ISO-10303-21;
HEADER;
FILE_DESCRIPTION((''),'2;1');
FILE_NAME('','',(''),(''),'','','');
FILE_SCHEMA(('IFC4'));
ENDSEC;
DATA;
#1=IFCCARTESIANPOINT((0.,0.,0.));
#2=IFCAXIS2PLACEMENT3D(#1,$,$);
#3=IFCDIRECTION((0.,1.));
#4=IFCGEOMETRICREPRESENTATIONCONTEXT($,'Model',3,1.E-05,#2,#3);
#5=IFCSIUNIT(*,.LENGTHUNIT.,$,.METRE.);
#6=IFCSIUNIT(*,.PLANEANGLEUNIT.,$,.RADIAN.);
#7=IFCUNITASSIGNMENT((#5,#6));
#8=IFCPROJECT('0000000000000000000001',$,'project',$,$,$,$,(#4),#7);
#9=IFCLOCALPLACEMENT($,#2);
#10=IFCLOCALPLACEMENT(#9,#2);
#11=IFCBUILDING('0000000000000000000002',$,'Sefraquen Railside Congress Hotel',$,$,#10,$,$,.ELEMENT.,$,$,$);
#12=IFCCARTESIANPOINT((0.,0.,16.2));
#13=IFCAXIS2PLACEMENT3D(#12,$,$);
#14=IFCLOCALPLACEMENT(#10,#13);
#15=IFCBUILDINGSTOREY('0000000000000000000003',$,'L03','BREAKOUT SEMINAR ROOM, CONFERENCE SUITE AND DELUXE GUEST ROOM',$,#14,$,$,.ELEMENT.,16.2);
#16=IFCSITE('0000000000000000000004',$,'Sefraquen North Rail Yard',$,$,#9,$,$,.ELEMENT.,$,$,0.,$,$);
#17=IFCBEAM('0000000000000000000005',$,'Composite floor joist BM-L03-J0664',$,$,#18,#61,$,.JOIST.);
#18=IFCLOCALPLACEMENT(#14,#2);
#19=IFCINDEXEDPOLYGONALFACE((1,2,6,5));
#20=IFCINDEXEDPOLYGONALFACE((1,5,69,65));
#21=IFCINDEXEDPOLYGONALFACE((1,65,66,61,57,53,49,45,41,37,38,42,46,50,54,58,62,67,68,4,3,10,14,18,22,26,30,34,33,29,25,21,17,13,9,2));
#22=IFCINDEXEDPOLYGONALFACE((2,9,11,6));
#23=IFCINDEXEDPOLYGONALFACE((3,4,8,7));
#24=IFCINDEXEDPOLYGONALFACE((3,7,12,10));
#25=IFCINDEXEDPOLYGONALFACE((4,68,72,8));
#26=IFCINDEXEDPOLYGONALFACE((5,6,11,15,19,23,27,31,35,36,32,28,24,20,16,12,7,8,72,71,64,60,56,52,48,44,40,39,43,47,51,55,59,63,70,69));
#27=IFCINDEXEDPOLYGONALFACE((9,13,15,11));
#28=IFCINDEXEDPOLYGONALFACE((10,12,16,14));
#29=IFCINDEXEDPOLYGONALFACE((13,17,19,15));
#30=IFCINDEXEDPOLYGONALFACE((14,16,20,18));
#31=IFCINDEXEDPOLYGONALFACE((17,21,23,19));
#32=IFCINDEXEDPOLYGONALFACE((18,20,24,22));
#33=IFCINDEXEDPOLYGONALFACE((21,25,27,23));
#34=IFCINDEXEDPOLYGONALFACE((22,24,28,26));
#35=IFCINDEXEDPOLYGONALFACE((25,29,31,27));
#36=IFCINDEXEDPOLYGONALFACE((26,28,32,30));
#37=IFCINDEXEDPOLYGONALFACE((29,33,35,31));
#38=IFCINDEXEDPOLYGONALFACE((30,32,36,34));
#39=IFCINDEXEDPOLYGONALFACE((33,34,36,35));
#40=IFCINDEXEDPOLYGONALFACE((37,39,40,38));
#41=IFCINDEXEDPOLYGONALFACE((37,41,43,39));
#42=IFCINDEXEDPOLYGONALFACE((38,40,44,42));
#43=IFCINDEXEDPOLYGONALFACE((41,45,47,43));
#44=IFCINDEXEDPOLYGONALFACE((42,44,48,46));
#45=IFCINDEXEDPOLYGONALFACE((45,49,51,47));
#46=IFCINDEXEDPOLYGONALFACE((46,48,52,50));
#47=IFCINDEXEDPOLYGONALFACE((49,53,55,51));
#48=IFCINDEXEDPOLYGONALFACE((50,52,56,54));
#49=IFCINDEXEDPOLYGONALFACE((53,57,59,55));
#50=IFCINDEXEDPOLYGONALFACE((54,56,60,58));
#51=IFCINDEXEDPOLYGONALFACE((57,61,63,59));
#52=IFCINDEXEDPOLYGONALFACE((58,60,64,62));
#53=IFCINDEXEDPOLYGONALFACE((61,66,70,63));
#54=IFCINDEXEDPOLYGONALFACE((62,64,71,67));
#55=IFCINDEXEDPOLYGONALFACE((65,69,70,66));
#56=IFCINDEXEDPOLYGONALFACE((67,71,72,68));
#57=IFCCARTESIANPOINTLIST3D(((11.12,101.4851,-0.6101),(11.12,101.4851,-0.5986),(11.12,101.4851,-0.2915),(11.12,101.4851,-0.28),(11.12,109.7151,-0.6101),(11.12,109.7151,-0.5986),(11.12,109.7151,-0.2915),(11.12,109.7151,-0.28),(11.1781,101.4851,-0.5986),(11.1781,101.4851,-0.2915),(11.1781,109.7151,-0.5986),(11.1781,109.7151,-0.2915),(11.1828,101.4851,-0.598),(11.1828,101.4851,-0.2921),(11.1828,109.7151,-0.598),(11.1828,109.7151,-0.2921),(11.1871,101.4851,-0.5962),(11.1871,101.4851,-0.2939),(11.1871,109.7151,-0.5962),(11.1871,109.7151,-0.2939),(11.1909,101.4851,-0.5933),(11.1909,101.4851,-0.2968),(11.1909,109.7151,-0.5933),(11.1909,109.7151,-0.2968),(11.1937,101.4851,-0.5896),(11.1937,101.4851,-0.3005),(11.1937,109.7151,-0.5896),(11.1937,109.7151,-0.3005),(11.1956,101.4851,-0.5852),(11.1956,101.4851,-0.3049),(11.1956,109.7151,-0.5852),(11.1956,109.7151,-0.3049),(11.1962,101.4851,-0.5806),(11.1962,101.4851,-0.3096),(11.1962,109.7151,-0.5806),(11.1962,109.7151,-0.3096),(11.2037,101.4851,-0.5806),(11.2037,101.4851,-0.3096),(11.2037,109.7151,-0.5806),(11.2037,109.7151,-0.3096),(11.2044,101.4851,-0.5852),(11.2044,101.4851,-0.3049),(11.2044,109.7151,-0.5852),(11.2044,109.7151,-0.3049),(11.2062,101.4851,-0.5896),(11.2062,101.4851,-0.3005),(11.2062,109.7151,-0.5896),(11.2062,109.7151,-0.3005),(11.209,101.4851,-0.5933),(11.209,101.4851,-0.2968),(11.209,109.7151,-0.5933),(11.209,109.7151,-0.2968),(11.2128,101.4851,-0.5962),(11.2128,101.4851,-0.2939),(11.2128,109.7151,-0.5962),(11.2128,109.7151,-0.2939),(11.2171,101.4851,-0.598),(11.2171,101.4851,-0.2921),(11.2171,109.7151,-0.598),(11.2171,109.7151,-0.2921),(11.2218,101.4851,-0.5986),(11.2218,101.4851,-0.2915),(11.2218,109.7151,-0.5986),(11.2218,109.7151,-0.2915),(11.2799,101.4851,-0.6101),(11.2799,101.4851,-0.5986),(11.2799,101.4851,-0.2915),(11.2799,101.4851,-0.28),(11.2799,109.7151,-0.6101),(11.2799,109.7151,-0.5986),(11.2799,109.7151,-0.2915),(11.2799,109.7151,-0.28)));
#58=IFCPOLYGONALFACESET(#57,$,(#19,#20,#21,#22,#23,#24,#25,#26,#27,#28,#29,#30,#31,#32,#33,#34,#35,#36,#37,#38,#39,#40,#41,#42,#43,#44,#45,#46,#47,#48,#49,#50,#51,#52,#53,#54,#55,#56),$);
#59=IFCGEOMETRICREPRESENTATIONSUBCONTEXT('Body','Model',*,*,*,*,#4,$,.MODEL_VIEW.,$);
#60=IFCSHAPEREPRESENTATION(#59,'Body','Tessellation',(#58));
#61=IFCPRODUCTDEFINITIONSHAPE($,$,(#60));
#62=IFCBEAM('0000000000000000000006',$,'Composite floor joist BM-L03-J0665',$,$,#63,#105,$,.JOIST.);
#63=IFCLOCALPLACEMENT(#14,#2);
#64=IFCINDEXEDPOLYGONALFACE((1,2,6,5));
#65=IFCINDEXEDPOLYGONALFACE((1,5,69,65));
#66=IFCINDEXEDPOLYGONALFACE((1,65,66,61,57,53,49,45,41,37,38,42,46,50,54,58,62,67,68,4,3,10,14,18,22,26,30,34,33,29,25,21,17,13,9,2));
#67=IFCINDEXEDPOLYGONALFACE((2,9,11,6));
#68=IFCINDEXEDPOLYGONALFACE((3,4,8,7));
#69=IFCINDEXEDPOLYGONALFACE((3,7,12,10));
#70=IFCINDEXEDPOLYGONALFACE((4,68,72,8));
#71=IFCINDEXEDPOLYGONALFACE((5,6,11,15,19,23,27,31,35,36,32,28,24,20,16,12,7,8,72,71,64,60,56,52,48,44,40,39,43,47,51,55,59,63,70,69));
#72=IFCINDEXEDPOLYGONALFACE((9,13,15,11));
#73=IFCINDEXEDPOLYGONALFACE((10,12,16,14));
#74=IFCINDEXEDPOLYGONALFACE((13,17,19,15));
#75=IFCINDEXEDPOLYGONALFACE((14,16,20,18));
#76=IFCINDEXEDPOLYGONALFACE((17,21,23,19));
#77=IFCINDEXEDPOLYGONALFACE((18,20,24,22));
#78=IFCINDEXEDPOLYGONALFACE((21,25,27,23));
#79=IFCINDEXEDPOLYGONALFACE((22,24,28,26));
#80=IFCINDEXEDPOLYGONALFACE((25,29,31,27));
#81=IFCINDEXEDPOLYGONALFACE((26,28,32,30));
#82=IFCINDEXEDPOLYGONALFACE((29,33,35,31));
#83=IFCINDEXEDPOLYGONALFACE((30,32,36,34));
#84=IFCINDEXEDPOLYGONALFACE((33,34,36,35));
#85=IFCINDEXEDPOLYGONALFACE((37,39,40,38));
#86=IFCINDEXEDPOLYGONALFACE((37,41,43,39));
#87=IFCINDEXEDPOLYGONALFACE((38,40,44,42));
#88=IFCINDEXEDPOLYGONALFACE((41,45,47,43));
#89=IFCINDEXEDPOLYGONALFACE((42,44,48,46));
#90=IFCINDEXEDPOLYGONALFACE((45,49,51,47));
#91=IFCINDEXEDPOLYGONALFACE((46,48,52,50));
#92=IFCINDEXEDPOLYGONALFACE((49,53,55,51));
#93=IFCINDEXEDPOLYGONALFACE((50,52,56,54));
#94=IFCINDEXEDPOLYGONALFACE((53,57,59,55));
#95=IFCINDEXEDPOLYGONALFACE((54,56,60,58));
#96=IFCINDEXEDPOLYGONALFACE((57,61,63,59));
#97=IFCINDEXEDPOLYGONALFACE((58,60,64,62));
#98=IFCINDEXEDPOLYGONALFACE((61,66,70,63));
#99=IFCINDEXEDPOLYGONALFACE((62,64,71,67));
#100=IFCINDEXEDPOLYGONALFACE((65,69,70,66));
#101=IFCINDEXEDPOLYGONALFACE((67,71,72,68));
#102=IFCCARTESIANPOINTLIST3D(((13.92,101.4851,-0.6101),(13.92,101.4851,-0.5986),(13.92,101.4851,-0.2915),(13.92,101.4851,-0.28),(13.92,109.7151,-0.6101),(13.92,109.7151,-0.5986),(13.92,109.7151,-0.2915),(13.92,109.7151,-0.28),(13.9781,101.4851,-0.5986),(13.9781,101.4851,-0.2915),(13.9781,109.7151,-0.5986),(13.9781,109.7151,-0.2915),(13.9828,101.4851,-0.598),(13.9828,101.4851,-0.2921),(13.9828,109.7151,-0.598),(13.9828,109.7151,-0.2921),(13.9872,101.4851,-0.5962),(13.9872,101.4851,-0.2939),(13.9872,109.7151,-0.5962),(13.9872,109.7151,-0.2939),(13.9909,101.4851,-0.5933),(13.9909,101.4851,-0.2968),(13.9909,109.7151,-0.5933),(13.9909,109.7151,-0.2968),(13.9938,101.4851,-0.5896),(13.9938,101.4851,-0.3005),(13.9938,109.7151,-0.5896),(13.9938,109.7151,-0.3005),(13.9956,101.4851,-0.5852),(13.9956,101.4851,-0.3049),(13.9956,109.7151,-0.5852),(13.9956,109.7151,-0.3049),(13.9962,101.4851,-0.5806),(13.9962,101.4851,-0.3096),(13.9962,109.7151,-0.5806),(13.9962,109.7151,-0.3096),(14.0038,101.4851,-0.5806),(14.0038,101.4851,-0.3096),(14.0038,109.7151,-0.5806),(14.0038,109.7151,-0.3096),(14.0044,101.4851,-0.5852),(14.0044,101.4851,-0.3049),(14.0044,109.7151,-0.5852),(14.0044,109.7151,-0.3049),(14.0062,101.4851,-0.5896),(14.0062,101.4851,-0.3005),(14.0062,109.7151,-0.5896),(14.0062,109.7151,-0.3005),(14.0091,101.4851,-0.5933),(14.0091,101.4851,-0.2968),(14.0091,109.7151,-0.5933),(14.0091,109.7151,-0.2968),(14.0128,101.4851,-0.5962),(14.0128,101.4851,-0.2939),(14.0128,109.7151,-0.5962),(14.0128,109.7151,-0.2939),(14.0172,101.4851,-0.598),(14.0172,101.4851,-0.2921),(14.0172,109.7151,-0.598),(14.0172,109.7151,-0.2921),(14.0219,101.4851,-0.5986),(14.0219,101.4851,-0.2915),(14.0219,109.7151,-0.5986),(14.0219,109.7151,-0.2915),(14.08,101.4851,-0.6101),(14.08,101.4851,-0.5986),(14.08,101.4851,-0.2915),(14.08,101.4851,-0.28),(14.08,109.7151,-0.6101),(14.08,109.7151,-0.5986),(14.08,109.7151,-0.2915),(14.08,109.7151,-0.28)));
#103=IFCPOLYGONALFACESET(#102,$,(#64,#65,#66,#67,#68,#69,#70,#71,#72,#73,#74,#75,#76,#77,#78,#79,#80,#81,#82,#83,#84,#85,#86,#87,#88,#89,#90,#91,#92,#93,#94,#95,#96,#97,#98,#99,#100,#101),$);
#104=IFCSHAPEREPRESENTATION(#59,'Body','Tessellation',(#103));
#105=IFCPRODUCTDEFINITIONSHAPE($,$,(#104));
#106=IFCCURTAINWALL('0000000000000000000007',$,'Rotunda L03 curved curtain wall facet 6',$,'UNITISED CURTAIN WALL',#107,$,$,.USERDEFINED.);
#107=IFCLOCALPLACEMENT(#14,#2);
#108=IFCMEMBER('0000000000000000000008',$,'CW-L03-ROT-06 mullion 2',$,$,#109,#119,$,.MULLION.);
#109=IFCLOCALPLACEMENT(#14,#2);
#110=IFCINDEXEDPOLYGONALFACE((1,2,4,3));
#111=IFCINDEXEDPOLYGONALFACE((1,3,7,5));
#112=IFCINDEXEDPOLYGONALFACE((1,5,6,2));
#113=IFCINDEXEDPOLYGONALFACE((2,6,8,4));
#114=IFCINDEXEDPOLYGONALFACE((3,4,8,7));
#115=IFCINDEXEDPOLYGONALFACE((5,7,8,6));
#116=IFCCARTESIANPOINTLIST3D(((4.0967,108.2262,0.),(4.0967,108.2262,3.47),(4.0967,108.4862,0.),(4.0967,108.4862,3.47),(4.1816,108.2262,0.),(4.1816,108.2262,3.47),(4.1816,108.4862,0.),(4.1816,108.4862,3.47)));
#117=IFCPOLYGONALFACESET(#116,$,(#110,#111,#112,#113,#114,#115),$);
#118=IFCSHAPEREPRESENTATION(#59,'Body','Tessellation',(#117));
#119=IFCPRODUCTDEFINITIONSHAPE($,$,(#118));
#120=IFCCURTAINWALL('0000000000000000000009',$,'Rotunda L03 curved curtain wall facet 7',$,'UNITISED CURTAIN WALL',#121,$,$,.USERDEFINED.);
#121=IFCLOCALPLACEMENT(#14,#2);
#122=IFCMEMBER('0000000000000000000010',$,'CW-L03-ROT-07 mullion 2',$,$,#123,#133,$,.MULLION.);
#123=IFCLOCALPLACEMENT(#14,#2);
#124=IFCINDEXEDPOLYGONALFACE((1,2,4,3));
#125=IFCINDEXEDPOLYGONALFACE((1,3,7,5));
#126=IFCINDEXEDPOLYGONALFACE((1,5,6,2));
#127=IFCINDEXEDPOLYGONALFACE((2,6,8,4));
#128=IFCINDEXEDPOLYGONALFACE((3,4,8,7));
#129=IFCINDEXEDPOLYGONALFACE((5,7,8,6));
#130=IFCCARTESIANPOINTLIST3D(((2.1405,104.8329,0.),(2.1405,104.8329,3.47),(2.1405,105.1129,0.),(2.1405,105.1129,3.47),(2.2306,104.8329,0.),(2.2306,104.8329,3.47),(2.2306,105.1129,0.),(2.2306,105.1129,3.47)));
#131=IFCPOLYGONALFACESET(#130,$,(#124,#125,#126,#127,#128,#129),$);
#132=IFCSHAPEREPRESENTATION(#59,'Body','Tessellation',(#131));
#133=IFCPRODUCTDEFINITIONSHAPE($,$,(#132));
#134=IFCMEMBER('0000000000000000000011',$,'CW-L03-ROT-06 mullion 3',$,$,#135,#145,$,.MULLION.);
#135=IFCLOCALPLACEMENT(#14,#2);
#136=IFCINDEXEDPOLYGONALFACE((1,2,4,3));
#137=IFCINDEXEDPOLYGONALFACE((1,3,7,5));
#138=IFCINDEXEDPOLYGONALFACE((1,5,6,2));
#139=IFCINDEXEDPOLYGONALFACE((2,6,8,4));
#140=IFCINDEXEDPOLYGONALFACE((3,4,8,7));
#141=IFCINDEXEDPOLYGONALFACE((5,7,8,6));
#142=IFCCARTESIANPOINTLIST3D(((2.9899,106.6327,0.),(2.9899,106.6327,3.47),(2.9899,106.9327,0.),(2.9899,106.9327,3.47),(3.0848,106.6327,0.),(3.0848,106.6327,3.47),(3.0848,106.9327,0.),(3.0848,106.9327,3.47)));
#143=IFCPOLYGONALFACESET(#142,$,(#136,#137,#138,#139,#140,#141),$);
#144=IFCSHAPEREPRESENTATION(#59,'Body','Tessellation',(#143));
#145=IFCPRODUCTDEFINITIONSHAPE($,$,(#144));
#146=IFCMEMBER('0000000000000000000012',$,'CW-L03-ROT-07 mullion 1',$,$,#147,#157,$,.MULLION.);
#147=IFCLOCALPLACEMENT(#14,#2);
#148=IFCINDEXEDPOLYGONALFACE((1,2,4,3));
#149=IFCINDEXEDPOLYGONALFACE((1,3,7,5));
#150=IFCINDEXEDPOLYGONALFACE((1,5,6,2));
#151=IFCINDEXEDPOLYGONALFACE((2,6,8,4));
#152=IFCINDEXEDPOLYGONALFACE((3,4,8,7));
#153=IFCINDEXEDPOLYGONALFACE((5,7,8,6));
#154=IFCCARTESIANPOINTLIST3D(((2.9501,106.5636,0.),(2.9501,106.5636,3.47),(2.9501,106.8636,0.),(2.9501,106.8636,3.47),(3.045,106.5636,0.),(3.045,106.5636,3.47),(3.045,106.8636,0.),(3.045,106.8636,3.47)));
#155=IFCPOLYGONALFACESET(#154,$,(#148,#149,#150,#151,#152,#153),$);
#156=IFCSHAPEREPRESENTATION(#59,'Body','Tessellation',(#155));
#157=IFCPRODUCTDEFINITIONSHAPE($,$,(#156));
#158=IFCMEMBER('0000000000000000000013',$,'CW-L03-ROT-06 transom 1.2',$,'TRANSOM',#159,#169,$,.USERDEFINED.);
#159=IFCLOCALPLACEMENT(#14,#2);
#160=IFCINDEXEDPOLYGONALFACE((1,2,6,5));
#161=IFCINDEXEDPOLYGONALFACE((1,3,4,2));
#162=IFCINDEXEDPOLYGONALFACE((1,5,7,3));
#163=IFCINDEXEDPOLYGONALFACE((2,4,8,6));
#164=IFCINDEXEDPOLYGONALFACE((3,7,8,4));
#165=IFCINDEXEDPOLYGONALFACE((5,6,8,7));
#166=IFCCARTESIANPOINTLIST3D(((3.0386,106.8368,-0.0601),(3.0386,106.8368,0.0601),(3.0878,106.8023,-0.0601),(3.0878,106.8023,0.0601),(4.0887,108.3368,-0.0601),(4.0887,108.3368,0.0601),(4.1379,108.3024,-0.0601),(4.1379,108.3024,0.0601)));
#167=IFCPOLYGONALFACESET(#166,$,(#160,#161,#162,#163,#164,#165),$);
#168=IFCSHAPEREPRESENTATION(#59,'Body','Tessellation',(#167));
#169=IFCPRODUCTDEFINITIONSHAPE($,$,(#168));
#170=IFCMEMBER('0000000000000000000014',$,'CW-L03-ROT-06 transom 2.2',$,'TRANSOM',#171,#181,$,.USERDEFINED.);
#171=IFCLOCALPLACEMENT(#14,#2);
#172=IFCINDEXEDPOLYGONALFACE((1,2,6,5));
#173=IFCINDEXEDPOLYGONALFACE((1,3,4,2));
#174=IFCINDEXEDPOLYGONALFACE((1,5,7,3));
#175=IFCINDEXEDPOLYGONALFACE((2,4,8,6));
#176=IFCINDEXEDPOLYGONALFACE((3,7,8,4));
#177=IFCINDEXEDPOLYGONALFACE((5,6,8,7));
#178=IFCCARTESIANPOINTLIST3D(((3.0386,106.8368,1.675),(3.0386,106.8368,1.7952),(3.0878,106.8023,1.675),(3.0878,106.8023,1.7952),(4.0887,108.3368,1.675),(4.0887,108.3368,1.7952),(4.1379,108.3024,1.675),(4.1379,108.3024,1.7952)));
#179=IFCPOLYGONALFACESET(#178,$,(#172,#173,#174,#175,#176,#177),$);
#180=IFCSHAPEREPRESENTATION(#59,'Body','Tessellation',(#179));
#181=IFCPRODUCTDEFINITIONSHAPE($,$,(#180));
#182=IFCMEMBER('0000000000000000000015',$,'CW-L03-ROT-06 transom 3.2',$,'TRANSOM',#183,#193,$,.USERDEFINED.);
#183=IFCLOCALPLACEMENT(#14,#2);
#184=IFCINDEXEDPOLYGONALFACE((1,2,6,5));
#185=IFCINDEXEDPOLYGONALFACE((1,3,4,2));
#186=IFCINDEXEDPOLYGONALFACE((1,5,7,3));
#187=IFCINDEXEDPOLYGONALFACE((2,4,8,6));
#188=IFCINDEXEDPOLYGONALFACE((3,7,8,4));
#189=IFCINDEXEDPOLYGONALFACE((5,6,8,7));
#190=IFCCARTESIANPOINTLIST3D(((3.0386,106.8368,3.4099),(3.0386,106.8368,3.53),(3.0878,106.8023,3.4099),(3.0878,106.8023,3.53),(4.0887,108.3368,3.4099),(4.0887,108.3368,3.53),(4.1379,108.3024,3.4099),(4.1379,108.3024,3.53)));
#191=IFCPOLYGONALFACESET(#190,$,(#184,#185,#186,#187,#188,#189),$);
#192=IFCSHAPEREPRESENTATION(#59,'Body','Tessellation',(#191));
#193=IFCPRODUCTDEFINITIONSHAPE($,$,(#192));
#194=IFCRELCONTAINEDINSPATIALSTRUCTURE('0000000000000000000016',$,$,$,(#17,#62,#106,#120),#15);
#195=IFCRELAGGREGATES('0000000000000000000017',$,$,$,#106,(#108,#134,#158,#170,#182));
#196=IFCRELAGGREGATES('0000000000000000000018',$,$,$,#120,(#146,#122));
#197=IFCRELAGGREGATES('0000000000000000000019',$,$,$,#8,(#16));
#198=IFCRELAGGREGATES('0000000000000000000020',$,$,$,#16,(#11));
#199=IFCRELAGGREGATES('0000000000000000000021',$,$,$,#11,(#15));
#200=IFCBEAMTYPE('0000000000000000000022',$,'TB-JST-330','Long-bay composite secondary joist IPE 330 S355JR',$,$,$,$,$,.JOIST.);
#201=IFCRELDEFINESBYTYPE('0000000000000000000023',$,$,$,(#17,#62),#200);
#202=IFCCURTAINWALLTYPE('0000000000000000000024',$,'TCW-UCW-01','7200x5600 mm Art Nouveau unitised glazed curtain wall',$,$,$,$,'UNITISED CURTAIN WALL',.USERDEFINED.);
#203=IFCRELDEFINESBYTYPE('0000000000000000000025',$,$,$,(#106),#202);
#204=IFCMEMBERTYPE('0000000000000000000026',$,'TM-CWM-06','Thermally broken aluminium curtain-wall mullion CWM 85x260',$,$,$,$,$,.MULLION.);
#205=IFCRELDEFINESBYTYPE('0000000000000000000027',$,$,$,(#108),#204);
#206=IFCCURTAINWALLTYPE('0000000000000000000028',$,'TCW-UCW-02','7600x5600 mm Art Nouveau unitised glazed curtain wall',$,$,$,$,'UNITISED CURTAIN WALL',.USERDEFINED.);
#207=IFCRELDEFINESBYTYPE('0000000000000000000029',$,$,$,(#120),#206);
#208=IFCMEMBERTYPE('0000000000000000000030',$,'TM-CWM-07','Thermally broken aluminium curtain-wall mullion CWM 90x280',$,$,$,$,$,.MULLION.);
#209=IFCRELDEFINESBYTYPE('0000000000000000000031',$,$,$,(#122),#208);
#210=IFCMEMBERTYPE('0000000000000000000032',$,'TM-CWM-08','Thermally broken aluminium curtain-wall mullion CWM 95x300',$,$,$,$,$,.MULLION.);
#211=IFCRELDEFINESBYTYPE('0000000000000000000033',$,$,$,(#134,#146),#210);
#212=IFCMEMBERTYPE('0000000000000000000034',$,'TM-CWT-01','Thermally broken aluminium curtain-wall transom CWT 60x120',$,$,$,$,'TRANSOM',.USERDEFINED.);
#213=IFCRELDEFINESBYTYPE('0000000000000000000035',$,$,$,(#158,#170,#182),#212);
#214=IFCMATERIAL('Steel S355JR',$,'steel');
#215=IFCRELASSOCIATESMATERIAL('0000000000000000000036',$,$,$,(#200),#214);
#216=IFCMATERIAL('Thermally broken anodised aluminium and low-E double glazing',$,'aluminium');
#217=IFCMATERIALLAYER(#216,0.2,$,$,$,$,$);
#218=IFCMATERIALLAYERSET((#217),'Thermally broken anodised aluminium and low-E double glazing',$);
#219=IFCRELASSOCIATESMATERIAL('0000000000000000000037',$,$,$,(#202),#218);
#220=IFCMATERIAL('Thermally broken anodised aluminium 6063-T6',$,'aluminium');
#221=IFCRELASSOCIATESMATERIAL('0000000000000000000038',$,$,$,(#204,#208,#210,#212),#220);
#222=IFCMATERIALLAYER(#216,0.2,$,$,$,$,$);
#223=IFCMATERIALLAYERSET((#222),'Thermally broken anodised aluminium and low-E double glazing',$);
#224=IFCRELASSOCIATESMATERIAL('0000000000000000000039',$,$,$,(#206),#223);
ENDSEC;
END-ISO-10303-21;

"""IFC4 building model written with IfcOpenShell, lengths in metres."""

from ifc_helpers import new_model, si_unit, direction, frame, origin, origin_2d, place, context, subcontext, project, spatial, rectangle, i_section, extrude, material, layer, layer_set, material_profile, profile_set, type_object, element, aggregate, save


model = new_model("IFC4")

# Units and contexts
model_context = context("Model", 3, precision=1e-05, world=origin(), true_north=direction((0.0, 1.0)))
body_context = subcontext(model_context, "Body", "Model", "MODEL_VIEW")
ifc_project = project(units=[si_unit("LENGTHUNIT", "METRE"), si_unit("PLANEANGLEUNIT", "RADIAN")], contexts=[model_context])

# Site, building, storey
site_placement = place(None, origin())
site = spatial("IfcSite", under=ifc_project, at=site_placement, Name="Sefraquen North Rail Yard", CompositionType="ELEMENT", RefElevation=0.0)
building_placement = place(site_placement, origin())
building = spatial("IfcBuilding", under=site, at=building_placement, Name="Sefraquen Railside Congress Hotel", CompositionType="ELEMENT")
storey_placement = place(building_placement, frame((0.0, 0.0, 16.2)))
storey = spatial("IfcBuildingStorey", under=building, at=storey_placement, Name="L03", Description="BREAKOUT SEMINAR ROOM, CONFERENCE SUITE AND DELUXE GUEST ROOM", CompositionType="ELEMENT", Elevation=16.2)

# Shared definitions
ifc_material_1 = material(Name="Steel S355JR", Category="steel")

# Beams
ifc_material_profile_1 = material_profile(ifc_material_1, i_section(OverallWidth=0.1599, OverallDepth=0.3301, WebThickness=0.0076, FlangeThickness=0.0115, FilletRadius=0.0181, at=origin_2d()), Name="IPE 330")
ifc_profile_set_1 = profile_set([ifc_material_profile_1], Name="Steel S355JR")
beam_type_1 = type_object("IfcBeamType", Name="TB-JST-330", Description="Long-bay composite secondary joist IPE 330 S355JR", PredefinedType="JOIST", material=ifc_profile_set_1)
for number, where, z_axis, x_axis, name in (
    (1, (11.2, 101.4851, -0.4451), (0.0, 1.0, 0.0), (-1.0, 0.0, 0.0), "Composite floor joist BM-L03-J0664"),
    (2, (14.0, 101.4851, -0.4451), (0.0, 1.0, 0.0), (-1.0, 0.0, 0.0), "Composite floor joist BM-L03-J0665"),
):
    element("IfcBeam", number, at=place(storey_placement, frame(where, z_axis=z_axis, x_axis=x_axis)), inside=storey, type_object=beam_type_1, Name=name, PredefinedType="JOIST", context=body_context, shape_type="SweptSolid", body=[
        extrude(i_section(OverallWidth=0.1599, OverallDepth=0.3301, WebThickness=0.0076, FlangeThickness=0.0115, FilletRadius=0.0181, at=origin_2d()), origin(), (0.0, 0.0, 1.0), 8.23),
    ])

# Curtain walls, members
ifc_material_2 = material(Name="Thermally broken anodised aluminium and low-E double glazing", Category="aluminium")
ifc_layer_1 = layer(ifc_material_2, 0.2)
ifc_layer_set_1 = layer_set([ifc_layer_1], Name="Thermally broken anodised aluminium and low-E double glazing")
curtain_wall_type_1 = type_object("IfcCurtainWallType", Name="TCW-UCW-01", Description="7200x5600 mm Art Nouveau unitised glazed curtain wall", ElementType="UNITISED CURTAIN WALL", PredefinedType="USERDEFINED", material=ifc_layer_set_1)
curtain_wall_1_placement = place(storey_placement, origin())
curtain_wall_1 = element("IfcCurtainWall", 3, at=curtain_wall_1_placement, inside=storey, type_object=curtain_wall_type_1, Name="Rotunda L03 curved curtain wall facet 6", ObjectType="UNITISED CURTAIN WALL", PredefinedType="USERDEFINED")
ifc_material_3 = material(Name="Thermally broken anodised aluminium 6063-T6", Category="aluminium")
ifc_material_profile_2 = material_profile(ifc_material_3, rectangle(XDim=0.085, YDim=0.26, at=origin_2d()), Name="CWM 85x260")
ifc_profile_set_2 = profile_set([ifc_material_profile_2], Name="Thermally broken anodised aluminium 6063-T6")
member_type_1 = type_object("IfcMemberType", Name="TM-CWM-06", Description="Thermally broken aluminium curtain-wall mullion CWM 85x260", PredefinedType="MULLION", material=ifc_profile_set_2)
member_1_placement = place(storey_placement, frame((4.1392, 108.3562, 0.0), z_axis=(0.0, 0.0, 1.0), x_axis=(1.0, 0.0, 0.0)))
member_1 = element("IfcMember", 4, at=member_1_placement, type_object=member_type_1, Name="CW-L03-ROT-06 mullion 2", PredefinedType="MULLION", context=body_context, shape_type="SweptSolid", body=[
    extrude(rectangle(XDim=0.085, YDim=0.26, at=origin_2d()), origin(), (0.0, 0.0, 1.0), 3.47),
])
ifc_layer_2 = layer(ifc_material_2, 0.2)
ifc_layer_set_2 = layer_set([ifc_layer_2], Name="Thermally broken anodised aluminium and low-E double glazing")
curtain_wall_type_2 = type_object("IfcCurtainWallType", Name="TCW-UCW-02", Description="7600x5600 mm Art Nouveau unitised glazed curtain wall", ElementType="UNITISED CURTAIN WALL", PredefinedType="USERDEFINED", material=ifc_layer_set_2)
curtain_wall_2_placement = place(storey_placement, origin())
curtain_wall_2 = element("IfcCurtainWall", 5, at=curtain_wall_2_placement, inside=storey, type_object=curtain_wall_type_2, Name="Rotunda L03 curved curtain wall facet 7", ObjectType="UNITISED CURTAIN WALL", PredefinedType="USERDEFINED")
ifc_material_profile_3 = material_profile(ifc_material_3, rectangle(XDim=0.0901, YDim=0.28, at=origin_2d()), Name="CWM 90x280")
ifc_profile_set_3 = profile_set([ifc_material_profile_3], Name="Thermally broken anodised aluminium 6063-T6")
member_type_2 = type_object("IfcMemberType", Name="TM-CWM-07", Description="Thermally broken aluminium curtain-wall mullion CWM 90x280", PredefinedType="MULLION", material=ifc_profile_set_3)
member_2_placement = place(storey_placement, frame((2.1855, 104.9729, 0.0), z_axis=(0.0, 0.0, 1.0), x_axis=(1.0, 0.0, 0.0)))
member_2 = element("IfcMember", 6, at=member_2_placement, type_object=member_type_2, Name="CW-L03-ROT-07 mullion 2", PredefinedType="MULLION", context=body_context, shape_type="SweptSolid", body=[
    extrude(rectangle(XDim=0.0901, YDim=0.28, at=origin_2d()), origin(), (0.0, 0.0, 1.0), 3.47),
])

# Members
ifc_material_profile_4 = material_profile(ifc_material_3, rectangle(XDim=0.095, YDim=0.3, at=origin_2d()), Name="CWM 95x300")
ifc_profile_set_4 = profile_set([ifc_material_profile_4], Name="Thermally broken anodised aluminium 6063-T6")
member_type_3 = type_object("IfcMemberType", Name="TM-CWM-08", Description="Thermally broken aluminium curtain-wall mullion CWM 95x300", PredefinedType="MULLION", material=ifc_profile_set_4)
member_3_placement = place(storey_placement, frame((3.0374, 106.7827, 0.0), z_axis=(0.0, 0.0, 1.0), x_axis=(1.0, 0.0, 0.0)))
member_3 = element("IfcMember", 7, at=member_3_placement, type_object=member_type_3, Name="CW-L03-ROT-06 mullion 3", PredefinedType="MULLION", context=body_context, shape_type="SweptSolid", body=[
    extrude(rectangle(XDim=0.095, YDim=0.3, at=origin_2d()), origin(), (0.0, 0.0, 1.0), 3.47),
])
member_4_placement = place(storey_placement, frame((2.9976, 106.7136, 0.0), z_axis=(0.0, 0.0, 1.0), x_axis=(1.0, 0.0, 0.0)))
member_4 = element("IfcMember", 8, at=member_4_placement, type_object=member_type_3, Name="CW-L03-ROT-07 mullion 1", PredefinedType="MULLION", context=body_context, shape_type="SweptSolid", body=[
    extrude(rectangle(XDim=0.095, YDim=0.3, at=origin_2d()), origin(), (0.0, 0.0, 1.0), 3.47),
])
ifc_material_profile_5 = material_profile(ifc_material_3, rectangle(XDim=0.0601, YDim=0.1201, at=origin_2d()), Name="CWT 60x120")
ifc_profile_set_5 = profile_set([ifc_material_profile_5], Name="Thermally broken anodised aluminium 6063-T6")
member_type_4 = type_object("IfcMemberType", Name="TM-CWT-01", Description="Thermally broken aluminium curtain-wall transom CWT 60x120", ElementType="TRANSOM", PredefinedType="USERDEFINED", material=ifc_profile_set_5)
member_5_placement = place(storey_placement, frame((4.1133, 108.3196, 0.0), z_axis=(-0.57348, -0.819219, 0.0), x_axis=(0.819219, -0.57348, 0.0)))
member_5 = element("IfcMember", 9, at=member_5_placement, type_object=member_type_4, Name="CW-L03-ROT-06 transom 1.2", ObjectType="TRANSOM", PredefinedType="USERDEFINED", context=body_context, shape_type="SweptSolid", body=[
    extrude(rectangle(XDim=0.0601, YDim=0.1201, at=origin_2d()), origin(), (0.0, 0.0, 1.0), 1.8311),
])
member_6_placement = place(storey_placement, frame((4.1133, 108.3196, 1.7351), z_axis=(-0.57348, -0.819219, 0.0), x_axis=(0.819219, -0.57348, 0.0)))
member_6 = element("IfcMember", 10, at=member_6_placement, type_object=member_type_4, Name="CW-L03-ROT-06 transom 2.2", ObjectType="TRANSOM", PredefinedType="USERDEFINED", context=body_context, shape_type="SweptSolid", body=[
    extrude(rectangle(XDim=0.0601, YDim=0.1201, at=origin_2d()), origin(), (0.0, 0.0, 1.0), 1.8311),
])
member_7_placement = place(storey_placement, frame((4.1133, 108.3196, 3.47), z_axis=(-0.57348, -0.819219, 0.0), x_axis=(0.819219, -0.57348, 0.0)))
member_7 = element("IfcMember", 11, at=member_7_placement, type_object=member_type_4, Name="CW-L03-ROT-06 transom 3.2", ObjectType="TRANSOM", PredefinedType="USERDEFINED", context=body_context, shape_type="SweptSolid", body=[
    extrude(rectangle(XDim=0.0601, YDim=0.1201, at=origin_2d()), origin(), (0.0, 0.0, 1.0), 1.8311),
])

aggregate(curtain_wall_1, [member_1, member_3, member_5, member_6, member_7])
aggregate(curtain_wall_2, [member_4, member_2])

save(model, "model.ifc")
